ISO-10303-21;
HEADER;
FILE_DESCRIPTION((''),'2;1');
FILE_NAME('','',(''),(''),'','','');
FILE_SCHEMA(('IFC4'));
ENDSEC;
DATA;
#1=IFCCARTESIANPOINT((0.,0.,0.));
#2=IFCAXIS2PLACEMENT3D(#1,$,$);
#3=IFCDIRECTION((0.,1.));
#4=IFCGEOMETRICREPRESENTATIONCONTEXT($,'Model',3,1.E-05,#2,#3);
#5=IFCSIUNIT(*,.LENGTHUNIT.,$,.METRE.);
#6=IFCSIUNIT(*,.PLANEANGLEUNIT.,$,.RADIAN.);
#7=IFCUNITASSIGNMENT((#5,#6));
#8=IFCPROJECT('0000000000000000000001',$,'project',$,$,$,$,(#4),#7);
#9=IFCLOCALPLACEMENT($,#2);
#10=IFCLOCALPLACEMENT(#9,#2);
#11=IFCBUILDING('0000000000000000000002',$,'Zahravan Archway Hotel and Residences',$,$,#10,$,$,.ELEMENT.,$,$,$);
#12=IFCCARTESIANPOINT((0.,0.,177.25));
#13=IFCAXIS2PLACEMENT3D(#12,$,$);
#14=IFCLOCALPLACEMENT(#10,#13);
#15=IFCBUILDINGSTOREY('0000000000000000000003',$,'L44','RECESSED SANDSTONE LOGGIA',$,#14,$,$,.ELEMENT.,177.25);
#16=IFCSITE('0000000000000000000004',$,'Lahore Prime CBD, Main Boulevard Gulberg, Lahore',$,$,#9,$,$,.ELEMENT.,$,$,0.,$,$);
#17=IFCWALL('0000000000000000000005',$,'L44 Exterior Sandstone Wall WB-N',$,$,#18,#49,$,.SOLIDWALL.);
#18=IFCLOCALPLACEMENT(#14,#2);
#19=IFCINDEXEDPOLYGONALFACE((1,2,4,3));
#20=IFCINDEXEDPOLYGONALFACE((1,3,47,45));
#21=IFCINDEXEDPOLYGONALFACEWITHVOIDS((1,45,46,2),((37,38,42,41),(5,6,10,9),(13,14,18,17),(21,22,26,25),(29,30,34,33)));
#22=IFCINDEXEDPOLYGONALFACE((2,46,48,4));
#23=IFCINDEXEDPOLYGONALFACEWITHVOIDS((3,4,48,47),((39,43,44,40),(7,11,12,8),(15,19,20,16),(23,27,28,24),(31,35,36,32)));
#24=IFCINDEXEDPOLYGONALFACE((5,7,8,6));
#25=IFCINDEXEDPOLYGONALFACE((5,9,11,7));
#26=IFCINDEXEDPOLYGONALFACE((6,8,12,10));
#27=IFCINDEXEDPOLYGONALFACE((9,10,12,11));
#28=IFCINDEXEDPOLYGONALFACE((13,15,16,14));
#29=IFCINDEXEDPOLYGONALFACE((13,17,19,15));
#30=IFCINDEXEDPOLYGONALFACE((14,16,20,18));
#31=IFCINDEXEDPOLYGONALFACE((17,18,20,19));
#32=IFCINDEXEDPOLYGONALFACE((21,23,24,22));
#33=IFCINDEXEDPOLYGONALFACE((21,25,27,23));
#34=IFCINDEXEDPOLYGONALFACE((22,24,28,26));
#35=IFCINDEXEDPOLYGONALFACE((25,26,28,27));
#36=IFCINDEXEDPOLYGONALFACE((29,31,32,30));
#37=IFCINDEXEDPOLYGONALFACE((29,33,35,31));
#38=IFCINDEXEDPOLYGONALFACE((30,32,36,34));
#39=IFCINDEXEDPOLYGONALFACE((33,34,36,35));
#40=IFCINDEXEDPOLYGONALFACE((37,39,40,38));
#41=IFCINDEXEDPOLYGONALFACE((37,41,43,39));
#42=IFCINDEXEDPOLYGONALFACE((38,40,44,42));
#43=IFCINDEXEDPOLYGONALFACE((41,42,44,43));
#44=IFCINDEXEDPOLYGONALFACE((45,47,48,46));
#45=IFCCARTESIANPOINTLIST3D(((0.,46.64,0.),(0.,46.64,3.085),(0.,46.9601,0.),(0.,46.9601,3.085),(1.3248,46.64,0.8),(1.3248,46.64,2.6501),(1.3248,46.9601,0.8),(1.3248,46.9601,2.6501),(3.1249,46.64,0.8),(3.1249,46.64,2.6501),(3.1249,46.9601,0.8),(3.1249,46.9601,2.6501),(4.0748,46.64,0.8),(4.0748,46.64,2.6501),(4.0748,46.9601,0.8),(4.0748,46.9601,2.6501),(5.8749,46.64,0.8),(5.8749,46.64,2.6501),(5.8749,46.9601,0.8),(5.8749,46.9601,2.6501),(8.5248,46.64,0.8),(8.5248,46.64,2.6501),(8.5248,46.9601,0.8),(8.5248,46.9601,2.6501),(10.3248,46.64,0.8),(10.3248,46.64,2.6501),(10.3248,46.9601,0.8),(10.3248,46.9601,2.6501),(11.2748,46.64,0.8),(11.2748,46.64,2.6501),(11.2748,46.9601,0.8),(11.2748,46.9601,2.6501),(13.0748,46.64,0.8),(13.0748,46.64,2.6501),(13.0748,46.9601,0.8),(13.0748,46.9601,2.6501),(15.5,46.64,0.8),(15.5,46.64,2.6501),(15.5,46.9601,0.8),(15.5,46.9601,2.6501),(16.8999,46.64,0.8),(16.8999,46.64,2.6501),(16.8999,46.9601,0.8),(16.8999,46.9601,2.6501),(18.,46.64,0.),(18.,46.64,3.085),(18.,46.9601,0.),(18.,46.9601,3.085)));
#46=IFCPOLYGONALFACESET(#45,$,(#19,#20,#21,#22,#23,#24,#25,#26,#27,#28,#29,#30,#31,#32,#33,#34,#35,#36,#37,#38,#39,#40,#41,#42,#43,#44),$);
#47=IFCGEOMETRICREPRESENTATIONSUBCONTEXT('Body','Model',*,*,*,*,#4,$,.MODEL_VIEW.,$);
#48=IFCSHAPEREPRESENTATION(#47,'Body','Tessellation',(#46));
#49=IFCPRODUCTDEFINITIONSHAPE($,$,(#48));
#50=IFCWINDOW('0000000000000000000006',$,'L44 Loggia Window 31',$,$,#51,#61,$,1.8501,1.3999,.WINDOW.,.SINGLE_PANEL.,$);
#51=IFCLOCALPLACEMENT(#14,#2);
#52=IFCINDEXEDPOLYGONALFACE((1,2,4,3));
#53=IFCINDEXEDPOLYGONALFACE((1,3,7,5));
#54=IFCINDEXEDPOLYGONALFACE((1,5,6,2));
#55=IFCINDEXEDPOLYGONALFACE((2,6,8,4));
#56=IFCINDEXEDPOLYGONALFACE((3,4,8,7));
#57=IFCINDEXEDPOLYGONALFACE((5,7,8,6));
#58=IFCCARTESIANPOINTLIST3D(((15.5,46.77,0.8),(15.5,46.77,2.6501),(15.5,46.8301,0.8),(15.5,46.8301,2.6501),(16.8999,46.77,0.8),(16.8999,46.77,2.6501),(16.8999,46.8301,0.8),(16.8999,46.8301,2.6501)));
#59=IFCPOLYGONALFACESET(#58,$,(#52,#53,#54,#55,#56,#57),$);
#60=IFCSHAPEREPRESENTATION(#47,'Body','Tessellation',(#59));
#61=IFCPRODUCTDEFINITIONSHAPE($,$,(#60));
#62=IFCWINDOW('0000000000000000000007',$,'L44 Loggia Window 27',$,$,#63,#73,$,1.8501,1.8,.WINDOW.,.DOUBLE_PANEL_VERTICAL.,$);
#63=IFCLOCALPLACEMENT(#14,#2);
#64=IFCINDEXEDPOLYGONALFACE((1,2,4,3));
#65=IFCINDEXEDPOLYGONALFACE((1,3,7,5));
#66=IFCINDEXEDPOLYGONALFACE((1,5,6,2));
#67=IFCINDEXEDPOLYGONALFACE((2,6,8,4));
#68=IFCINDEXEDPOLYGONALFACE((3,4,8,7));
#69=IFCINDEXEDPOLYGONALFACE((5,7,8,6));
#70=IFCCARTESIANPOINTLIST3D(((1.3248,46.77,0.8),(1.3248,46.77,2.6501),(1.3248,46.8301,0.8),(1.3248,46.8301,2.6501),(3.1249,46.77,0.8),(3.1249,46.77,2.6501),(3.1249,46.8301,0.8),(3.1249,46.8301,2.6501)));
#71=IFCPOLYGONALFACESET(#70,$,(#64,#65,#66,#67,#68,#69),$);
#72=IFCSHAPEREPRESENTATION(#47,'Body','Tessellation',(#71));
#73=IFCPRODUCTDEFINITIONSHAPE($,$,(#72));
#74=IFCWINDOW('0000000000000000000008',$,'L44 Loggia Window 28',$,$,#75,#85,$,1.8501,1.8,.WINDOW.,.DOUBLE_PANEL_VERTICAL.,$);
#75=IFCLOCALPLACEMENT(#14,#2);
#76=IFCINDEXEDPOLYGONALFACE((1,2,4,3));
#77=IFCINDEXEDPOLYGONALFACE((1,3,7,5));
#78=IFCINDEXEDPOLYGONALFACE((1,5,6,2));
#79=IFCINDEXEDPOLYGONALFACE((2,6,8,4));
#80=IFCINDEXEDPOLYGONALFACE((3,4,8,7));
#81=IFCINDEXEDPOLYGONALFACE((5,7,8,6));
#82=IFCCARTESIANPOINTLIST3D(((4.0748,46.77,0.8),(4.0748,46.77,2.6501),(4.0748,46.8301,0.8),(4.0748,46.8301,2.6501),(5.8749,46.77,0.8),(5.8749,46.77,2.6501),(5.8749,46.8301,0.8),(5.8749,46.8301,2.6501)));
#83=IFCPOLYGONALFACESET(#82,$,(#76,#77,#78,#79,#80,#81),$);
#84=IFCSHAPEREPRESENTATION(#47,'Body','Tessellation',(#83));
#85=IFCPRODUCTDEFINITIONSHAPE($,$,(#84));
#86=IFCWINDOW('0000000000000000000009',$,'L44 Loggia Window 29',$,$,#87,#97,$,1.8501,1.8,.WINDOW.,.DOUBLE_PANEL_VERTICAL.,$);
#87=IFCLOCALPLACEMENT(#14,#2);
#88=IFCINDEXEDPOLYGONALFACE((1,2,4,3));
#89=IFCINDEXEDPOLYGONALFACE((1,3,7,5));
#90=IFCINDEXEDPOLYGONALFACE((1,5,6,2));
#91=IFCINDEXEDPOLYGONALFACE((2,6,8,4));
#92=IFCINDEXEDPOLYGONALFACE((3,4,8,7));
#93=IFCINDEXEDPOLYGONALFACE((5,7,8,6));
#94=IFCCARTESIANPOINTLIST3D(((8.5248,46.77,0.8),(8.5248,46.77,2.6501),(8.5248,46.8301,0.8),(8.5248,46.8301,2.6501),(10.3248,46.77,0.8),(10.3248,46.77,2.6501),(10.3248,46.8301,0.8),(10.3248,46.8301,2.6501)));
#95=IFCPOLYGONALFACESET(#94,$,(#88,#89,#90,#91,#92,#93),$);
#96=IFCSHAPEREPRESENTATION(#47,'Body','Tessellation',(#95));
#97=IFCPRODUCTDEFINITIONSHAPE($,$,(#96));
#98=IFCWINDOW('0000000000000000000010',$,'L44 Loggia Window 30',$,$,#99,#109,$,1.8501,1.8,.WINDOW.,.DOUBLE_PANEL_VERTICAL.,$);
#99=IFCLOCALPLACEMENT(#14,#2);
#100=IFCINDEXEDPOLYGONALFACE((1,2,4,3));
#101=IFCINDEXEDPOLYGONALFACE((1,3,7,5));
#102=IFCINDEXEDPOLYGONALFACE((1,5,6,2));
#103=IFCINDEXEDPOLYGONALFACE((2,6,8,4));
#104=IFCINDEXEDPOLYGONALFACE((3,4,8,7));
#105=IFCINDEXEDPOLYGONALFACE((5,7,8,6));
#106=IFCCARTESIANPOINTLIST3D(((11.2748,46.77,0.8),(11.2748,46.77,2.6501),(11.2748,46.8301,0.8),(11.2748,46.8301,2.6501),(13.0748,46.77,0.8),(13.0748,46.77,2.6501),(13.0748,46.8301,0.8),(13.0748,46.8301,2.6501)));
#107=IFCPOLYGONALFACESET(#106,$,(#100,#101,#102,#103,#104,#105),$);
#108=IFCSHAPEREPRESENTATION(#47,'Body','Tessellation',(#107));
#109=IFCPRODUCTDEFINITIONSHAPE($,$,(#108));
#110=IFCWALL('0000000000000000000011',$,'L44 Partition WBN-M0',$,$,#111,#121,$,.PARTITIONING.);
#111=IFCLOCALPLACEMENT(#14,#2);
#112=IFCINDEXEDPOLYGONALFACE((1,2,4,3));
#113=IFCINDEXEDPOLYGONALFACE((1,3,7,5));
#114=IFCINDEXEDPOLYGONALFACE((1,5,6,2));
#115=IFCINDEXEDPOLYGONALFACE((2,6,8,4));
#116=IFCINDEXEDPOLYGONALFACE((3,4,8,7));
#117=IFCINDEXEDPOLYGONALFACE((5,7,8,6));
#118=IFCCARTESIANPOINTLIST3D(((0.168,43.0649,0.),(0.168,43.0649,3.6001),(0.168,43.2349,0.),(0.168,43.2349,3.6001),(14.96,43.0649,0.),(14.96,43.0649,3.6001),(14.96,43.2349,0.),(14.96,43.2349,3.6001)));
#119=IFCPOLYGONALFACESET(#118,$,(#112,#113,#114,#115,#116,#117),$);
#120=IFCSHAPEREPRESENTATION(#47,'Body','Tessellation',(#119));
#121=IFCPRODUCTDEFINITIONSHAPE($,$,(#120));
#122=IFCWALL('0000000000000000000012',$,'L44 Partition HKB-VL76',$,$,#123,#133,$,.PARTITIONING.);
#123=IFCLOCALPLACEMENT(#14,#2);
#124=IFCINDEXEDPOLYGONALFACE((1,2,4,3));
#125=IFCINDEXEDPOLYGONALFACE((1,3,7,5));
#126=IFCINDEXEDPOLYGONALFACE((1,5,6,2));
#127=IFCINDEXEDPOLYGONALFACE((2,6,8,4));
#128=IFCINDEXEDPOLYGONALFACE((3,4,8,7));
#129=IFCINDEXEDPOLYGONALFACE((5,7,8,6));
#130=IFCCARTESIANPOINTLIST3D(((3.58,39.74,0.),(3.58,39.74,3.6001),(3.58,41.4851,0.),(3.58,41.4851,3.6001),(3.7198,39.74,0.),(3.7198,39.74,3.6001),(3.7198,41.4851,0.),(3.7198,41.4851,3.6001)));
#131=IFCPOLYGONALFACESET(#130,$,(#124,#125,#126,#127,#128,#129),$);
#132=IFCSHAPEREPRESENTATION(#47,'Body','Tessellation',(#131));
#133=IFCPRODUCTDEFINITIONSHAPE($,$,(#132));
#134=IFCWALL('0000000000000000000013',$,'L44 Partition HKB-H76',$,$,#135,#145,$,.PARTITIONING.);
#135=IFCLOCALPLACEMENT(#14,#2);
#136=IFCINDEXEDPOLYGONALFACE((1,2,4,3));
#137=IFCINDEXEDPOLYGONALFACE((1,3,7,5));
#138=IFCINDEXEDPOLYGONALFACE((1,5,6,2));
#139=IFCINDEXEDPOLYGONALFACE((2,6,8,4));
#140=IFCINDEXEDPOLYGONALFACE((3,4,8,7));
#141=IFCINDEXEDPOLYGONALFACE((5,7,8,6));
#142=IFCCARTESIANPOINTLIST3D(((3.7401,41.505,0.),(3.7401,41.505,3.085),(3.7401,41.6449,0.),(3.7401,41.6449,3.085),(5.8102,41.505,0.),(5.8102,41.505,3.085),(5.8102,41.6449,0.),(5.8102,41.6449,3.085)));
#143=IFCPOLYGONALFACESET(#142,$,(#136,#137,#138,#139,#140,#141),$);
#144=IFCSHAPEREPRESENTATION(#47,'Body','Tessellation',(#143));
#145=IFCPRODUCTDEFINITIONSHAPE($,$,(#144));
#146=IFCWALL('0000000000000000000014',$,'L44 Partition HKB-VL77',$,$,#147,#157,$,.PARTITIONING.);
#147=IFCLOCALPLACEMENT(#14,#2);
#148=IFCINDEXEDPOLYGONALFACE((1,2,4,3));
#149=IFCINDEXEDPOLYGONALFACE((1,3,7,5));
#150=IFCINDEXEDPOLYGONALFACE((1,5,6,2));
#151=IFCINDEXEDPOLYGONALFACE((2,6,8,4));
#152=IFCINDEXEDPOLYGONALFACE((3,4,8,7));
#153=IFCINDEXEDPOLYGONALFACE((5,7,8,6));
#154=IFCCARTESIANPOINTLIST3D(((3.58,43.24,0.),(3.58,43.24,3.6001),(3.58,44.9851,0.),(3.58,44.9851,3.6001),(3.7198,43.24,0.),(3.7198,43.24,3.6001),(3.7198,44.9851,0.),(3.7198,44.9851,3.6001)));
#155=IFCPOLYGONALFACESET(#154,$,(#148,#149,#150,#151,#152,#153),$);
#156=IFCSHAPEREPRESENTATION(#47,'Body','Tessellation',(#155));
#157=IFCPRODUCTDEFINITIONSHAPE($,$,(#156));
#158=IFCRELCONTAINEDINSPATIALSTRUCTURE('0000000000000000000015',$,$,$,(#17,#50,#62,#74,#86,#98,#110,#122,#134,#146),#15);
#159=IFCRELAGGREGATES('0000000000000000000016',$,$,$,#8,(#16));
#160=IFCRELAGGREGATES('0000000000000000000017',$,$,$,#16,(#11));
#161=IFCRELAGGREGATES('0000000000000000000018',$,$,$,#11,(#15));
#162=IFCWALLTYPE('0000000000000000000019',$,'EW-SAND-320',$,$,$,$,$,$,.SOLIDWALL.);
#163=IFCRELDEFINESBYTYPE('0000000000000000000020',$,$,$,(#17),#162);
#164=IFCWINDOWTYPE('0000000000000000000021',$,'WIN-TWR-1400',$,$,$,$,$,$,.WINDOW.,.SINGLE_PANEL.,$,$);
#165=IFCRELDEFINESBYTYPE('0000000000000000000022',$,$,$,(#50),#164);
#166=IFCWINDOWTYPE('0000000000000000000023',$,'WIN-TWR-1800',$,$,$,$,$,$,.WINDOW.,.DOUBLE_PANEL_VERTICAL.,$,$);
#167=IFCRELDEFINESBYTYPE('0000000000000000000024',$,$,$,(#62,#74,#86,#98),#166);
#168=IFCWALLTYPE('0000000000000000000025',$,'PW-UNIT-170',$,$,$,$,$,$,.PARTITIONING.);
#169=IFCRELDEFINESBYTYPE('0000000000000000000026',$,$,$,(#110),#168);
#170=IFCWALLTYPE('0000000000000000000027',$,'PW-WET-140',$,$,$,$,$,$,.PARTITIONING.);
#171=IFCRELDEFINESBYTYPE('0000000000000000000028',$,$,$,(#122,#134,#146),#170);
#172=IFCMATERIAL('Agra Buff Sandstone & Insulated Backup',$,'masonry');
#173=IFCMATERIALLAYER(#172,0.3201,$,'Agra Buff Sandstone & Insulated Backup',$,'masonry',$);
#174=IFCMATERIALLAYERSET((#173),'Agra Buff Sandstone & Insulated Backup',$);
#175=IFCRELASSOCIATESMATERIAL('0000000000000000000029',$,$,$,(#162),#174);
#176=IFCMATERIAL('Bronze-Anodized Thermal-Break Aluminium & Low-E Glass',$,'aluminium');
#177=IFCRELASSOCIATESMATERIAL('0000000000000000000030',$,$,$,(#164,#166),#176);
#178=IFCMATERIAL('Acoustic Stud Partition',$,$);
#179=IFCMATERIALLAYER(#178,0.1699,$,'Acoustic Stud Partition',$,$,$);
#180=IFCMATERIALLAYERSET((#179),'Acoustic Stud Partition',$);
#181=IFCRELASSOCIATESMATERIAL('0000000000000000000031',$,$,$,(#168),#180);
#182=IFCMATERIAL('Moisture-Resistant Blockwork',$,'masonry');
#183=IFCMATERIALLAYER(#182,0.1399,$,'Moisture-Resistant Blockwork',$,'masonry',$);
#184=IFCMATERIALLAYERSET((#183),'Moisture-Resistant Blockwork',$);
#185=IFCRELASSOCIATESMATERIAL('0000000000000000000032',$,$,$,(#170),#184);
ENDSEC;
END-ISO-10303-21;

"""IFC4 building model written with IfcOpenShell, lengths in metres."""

from ifc_helpers import new_model, si_unit, direction, frame, frame_2d, origin, place, context, subcontext, project, spatial, rectangle, extrude, source, transform, mapped, material, layer, layer_set, type_object, type_shapes, element, fill, save


model = new_model("IFC4")

# Units and contexts
model_context = context("Model", 3, precision=1e-05, world=origin(), true_north=direction((0.0, 1.0)))
body_context = subcontext(model_context, "Body", "Model", "MODEL_VIEW")
ifc_project = project(units=[si_unit("LENGTHUNIT", "METRE"), si_unit("PLANEANGLEUNIT", "RADIAN")], contexts=[model_context])

# Site, building, storey
site_placement = place(None, origin())
site = spatial("IfcSite", under=ifc_project, at=site_placement, Name="Lahore Prime CBD, Main Boulevard Gulberg, Lahore", CompositionType="ELEMENT", RefElevation=0.0)
building_placement = place(site_placement, origin())
building = spatial("IfcBuilding", under=site, at=building_placement, Name="Zahravan Archway Hotel and Residences", CompositionType="ELEMENT")
storey_placement = place(building_placement, frame((0.0, 0.0, 177.25)))
storey = spatial("IfcBuildingStorey", under=building, at=storey_placement, Name="L44", Description="RECESSED SANDSTONE LOGGIA", CompositionType="ELEMENT", Elevation=177.25)

# Wall, openings, windows
ifc_material_1 = material(Name="Agra Buff Sandstone & Insulated Backup", Category="masonry")
ifc_layer_1 = layer(ifc_material_1, 0.3201, Name="Agra Buff Sandstone & Insulated Backup", Category="masonry")
ifc_layer_set_1 = layer_set([ifc_layer_1], Name="Agra Buff Sandstone & Insulated Backup")
wall_type_1 = type_object("IfcWallType", Name="EW-SAND-320", PredefinedType="SOLIDWALL", material=ifc_layer_set_1)
wall_1_placement = place(storey_placement, frame((0.0, 46.8, 0.0), z_axis=(0.0, 0.0, 1.0), x_axis=(1.0, 0.0, 0.0)))
wall_1 = element("IfcWall", 1, at=wall_1_placement, inside=storey, type_object=wall_type_1, Name="L44 Exterior Sandstone Wall WB-N", PredefinedType="SOLIDWALL", context=body_context, shape_type="SweptSolid", body=[
    extrude(rectangle(XDim=18.0, YDim=0.3201, at=frame_2d((9.0, 0.0))), origin(), (0.0, 0.0, 1.0), 3.085),
])
opening_1_placement = place(wall_1_placement, frame((1.325, 0.0, 0.8)))
opening_1 = element("IfcOpeningElement", 2, at=opening_1_placement, cuts=wall_1, PredefinedType="OPENING", context=body_context, shape_type="SweptSolid", body=[
    extrude(rectangle(XDim=1.8, YDim=1.8501, at=frame_2d((0.8999, 0.925))), frame((0.0, 0.1699, 0.0), z_axis=(0.0, -1.0, 0.0), x_axis=(1.0, 0.0, 0.0)), (0.0, 0.0, 1.0), 0.3401),
])
opening_2_placement = place(wall_1_placement, frame((4.075, 0.0, 0.8)))
opening_2 = element("IfcOpeningElement", 3, at=opening_2_placement, cuts=wall_1, PredefinedType="OPENING", context=body_context, shape_type="SweptSolid", body=[
    extrude(rectangle(XDim=1.8, YDim=1.8501, at=frame_2d((0.8999, 0.925))), frame((0.0, 0.1699, 0.0), z_axis=(0.0, -1.0, 0.0), x_axis=(1.0, 0.0, 0.0)), (0.0, 0.0, 1.0), 0.3401),
])
opening_3_placement = place(wall_1_placement, frame((8.5249, 0.0, 0.8)))
opening_3 = element("IfcOpeningElement", 4, at=opening_3_placement, cuts=wall_1, PredefinedType="OPENING", context=body_context, shape_type="SweptSolid", body=[
    extrude(rectangle(XDim=1.8, YDim=1.8501, at=frame_2d((0.8999, 0.925))), frame((0.0, 0.1699, 0.0), z_axis=(0.0, -1.0, 0.0), x_axis=(1.0, 0.0, 0.0)), (0.0, 0.0, 1.0), 0.3401),
])
opening_4_placement = place(wall_1_placement, frame((11.2749, 0.0, 0.8)))
opening_4 = element("IfcOpeningElement", 5, at=opening_4_placement, cuts=wall_1, PredefinedType="OPENING", context=body_context, shape_type="SweptSolid", body=[
    extrude(rectangle(XDim=1.8, YDim=1.8501, at=frame_2d((0.8999, 0.925))), frame((0.0, 0.1699, 0.0), z_axis=(0.0, -1.0, 0.0), x_axis=(1.0, 0.0, 0.0)), (0.0, 0.0, 1.0), 0.3401),
])
opening_5_placement = place(wall_1_placement, frame((15.5, 0.0, 0.8)))
opening_5 = element("IfcOpeningElement", 6, at=opening_5_placement, cuts=wall_1, PredefinedType="OPENING", context=body_context, shape_type="SweptSolid", body=[
    extrude(rectangle(XDim=1.3999, YDim=1.8501, at=frame_2d((0.7, 0.925))), frame((0.0, 0.1699, 0.0), z_axis=(0.0, -1.0, 0.0), x_axis=(1.0, 0.0, 0.0)), (0.0, 0.0, 1.0), 0.3401),
])
ifc_material_2 = material(Name="Bronze-Anodized Thermal-Break Aluminium & Low-E Glass", Category="aluminium")
window_type_1 = type_object("IfcWindowType", Name="WIN-TWR-1400", PartitioningType="SINGLE_PANEL", PredefinedType="WINDOW", material=ifc_material_2)
shared_shape_1 = source(origin(), body_context, "Body", "SweptSolid", [
    extrude(rectangle(XDim=1.3999, YDim=1.8501, at=frame_2d((0.7, 0.925))), frame((0.0, 0.03, 0.0), z_axis=(0.0, -1.0, 0.0), x_axis=(1.0, 0.0, 0.0)), (0.0, 0.0, 1.0), 0.0601),
])
type_shapes(window_type_1, [shared_shape_1])
window_1_placement = place(opening_5_placement, origin())
window_1 = element("IfcWindow", 7, at=window_1_placement, inside=storey, type_object=window_type_1, Name="L44 Loggia Window 31", OverallHeight=1.8501, OverallWidth=1.3999, PartitioningType="SINGLE_PANEL", PredefinedType="WINDOW", context=body_context, shape_type="MappedRepresentation", body=[
    mapped(shared_shape_1, transform((0.0, 0.0, 0.0), scale=1.0)),
])
fill(opening_5, window_1)
window_type_2 = type_object("IfcWindowType", Name="WIN-TWR-1800", PartitioningType="DOUBLE_PANEL_VERTICAL", PredefinedType="WINDOW", material=ifc_material_2)
shared_shape_2 = source(origin(), body_context, "Body", "SweptSolid", [
    extrude(rectangle(XDim=1.8, YDim=1.8501, at=frame_2d((0.8999, 0.925))), frame((0.0, 0.03, 0.0), z_axis=(0.0, -1.0, 0.0), x_axis=(1.0, 0.0, 0.0)), (0.0, 0.0, 1.0), 0.0601),
])
type_shapes(window_type_2, [shared_shape_2])
window_2_placement = place(opening_1_placement, origin())
window_2 = element("IfcWindow", 8, at=window_2_placement, inside=storey, type_object=window_type_2, Name="L44 Loggia Window 27", OverallHeight=1.8501, OverallWidth=1.8, PartitioningType="DOUBLE_PANEL_VERTICAL", PredefinedType="WINDOW", context=body_context, shape_type="MappedRepresentation", body=[
    mapped(shared_shape_2, transform((0.0, 0.0, 0.0), scale=1.0)),
])
fill(opening_1, window_2)
window_3_placement = place(opening_2_placement, origin())
window_3 = element("IfcWindow", 9, at=window_3_placement, inside=storey, type_object=window_type_2, Name="L44 Loggia Window 28", OverallHeight=1.8501, OverallWidth=1.8, PartitioningType="DOUBLE_PANEL_VERTICAL", PredefinedType="WINDOW", context=body_context, shape_type="MappedRepresentation", body=[
    mapped(shared_shape_2, transform((0.0, 0.0, 0.0), scale=1.0)),
])
fill(opening_2, window_3)
window_4_placement = place(opening_3_placement, origin())
window_4 = element("IfcWindow", 10, at=window_4_placement, inside=storey, type_object=window_type_2, Name="L44 Loggia Window 29", OverallHeight=1.8501, OverallWidth=1.8, PartitioningType="DOUBLE_PANEL_VERTICAL", PredefinedType="WINDOW", context=body_context, shape_type="MappedRepresentation", body=[
    mapped(shared_shape_2, transform((0.0, 0.0, 0.0), scale=1.0)),
])
fill(opening_3, window_4)
window_5_placement = place(opening_4_placement, origin())
window_5 = element("IfcWindow", 11, at=window_5_placement, inside=storey, type_object=window_type_2, Name="L44 Loggia Window 30", OverallHeight=1.8501, OverallWidth=1.8, PartitioningType="DOUBLE_PANEL_VERTICAL", PredefinedType="WINDOW", context=body_context, shape_type="MappedRepresentation", body=[
    mapped(shared_shape_2, transform((0.0, 0.0, 0.0), scale=1.0)),
])
fill(opening_4, window_5)

# Shared definitions
ifc_material_3 = material(Name="Acoustic Stud Partition")
ifc_layer_2 = layer(ifc_material_3, 0.1699, Name="Acoustic Stud Partition")
ifc_layer_set_2 = layer_set([ifc_layer_2], Name="Acoustic Stud Partition")
wall_type_2 = type_object("IfcWallType", Name="PW-UNIT-170", PredefinedType="PARTITIONING", material=ifc_layer_set_2)

# Walls
wall_2_placement = place(storey_placement, frame((0.168, 43.1499, 0.0), z_axis=(0.0, 0.0, 1.0), x_axis=(1.0, 0.0, 0.0)))
element("IfcWall", 12, at=wall_2_placement, inside=storey, type_object=wall_type_2, Name="L44 Partition WBN-M0", PredefinedType="PARTITIONING", context=body_context, shape_type="SweptSolid", body=[
    extrude(rectangle(XDim=14.792, YDim=0.1699, at=frame_2d((7.396, 0.0))), origin(), (0.0, 0.0, 1.0), 3.6001),
])
ifc_material_4 = material(Name="Moisture-Resistant Blockwork", Category="masonry")
ifc_layer_3 = layer(ifc_material_4, 0.1399, Name="Moisture-Resistant Blockwork", Category="masonry")
ifc_layer_set_3 = layer_set([ifc_layer_3], Name="Moisture-Resistant Blockwork")
wall_type_3 = type_object("IfcWallType", Name="PW-WET-140", PredefinedType="PARTITIONING", material=ifc_layer_set_3)
wall_3_placement = place(storey_placement, frame((3.6499, 39.74, 0.0), z_axis=(0.0, 0.0, 1.0), x_axis=(0.0, 1.0, 0.0)))
element("IfcWall", 13, at=wall_3_placement, inside=storey, type_object=wall_type_3, Name="L44 Partition HKB-VL76", PredefinedType="PARTITIONING", context=body_context, shape_type="SweptSolid", body=[
    extrude(rectangle(XDim=1.7451, YDim=0.1399, at=frame_2d((0.8726, 0.0))), origin(), (0.0, 0.0, 1.0), 3.6001),
])
wall_4_placement = place(storey_placement, frame((3.74, 41.575, 0.0), z_axis=(0.0, 0.0, 1.0), x_axis=(1.0, 0.0, 0.0)))
element("IfcWall", 14, at=wall_4_placement, inside=storey, type_object=wall_type_3, Name="L44 Partition HKB-H76", PredefinedType="PARTITIONING", context=body_context, shape_type="SweptSolid", body=[
    extrude(rectangle(XDim=2.0701, YDim=0.1399, at=frame_2d((1.0352, 0.0))), origin(), (0.0, 0.0, 1.0), 3.085),
])
wall_5_placement = place(storey_placement, frame((3.6499, 43.24, 0.0), z_axis=(0.0, 0.0, 1.0), x_axis=(0.0, 1.0, 0.0)))
element("IfcWall", 15, at=wall_5_placement, inside=storey, type_object=wall_type_3, Name="L44 Partition HKB-VL77", PredefinedType="PARTITIONING", context=body_context, shape_type="SweptSolid", body=[
    extrude(rectangle(XDim=1.7451, YDim=0.1399, at=frame_2d((0.8726, 0.0))), origin(), (0.0, 0.0, 1.0), 3.6001),
])

save(model, "model.ifc")
